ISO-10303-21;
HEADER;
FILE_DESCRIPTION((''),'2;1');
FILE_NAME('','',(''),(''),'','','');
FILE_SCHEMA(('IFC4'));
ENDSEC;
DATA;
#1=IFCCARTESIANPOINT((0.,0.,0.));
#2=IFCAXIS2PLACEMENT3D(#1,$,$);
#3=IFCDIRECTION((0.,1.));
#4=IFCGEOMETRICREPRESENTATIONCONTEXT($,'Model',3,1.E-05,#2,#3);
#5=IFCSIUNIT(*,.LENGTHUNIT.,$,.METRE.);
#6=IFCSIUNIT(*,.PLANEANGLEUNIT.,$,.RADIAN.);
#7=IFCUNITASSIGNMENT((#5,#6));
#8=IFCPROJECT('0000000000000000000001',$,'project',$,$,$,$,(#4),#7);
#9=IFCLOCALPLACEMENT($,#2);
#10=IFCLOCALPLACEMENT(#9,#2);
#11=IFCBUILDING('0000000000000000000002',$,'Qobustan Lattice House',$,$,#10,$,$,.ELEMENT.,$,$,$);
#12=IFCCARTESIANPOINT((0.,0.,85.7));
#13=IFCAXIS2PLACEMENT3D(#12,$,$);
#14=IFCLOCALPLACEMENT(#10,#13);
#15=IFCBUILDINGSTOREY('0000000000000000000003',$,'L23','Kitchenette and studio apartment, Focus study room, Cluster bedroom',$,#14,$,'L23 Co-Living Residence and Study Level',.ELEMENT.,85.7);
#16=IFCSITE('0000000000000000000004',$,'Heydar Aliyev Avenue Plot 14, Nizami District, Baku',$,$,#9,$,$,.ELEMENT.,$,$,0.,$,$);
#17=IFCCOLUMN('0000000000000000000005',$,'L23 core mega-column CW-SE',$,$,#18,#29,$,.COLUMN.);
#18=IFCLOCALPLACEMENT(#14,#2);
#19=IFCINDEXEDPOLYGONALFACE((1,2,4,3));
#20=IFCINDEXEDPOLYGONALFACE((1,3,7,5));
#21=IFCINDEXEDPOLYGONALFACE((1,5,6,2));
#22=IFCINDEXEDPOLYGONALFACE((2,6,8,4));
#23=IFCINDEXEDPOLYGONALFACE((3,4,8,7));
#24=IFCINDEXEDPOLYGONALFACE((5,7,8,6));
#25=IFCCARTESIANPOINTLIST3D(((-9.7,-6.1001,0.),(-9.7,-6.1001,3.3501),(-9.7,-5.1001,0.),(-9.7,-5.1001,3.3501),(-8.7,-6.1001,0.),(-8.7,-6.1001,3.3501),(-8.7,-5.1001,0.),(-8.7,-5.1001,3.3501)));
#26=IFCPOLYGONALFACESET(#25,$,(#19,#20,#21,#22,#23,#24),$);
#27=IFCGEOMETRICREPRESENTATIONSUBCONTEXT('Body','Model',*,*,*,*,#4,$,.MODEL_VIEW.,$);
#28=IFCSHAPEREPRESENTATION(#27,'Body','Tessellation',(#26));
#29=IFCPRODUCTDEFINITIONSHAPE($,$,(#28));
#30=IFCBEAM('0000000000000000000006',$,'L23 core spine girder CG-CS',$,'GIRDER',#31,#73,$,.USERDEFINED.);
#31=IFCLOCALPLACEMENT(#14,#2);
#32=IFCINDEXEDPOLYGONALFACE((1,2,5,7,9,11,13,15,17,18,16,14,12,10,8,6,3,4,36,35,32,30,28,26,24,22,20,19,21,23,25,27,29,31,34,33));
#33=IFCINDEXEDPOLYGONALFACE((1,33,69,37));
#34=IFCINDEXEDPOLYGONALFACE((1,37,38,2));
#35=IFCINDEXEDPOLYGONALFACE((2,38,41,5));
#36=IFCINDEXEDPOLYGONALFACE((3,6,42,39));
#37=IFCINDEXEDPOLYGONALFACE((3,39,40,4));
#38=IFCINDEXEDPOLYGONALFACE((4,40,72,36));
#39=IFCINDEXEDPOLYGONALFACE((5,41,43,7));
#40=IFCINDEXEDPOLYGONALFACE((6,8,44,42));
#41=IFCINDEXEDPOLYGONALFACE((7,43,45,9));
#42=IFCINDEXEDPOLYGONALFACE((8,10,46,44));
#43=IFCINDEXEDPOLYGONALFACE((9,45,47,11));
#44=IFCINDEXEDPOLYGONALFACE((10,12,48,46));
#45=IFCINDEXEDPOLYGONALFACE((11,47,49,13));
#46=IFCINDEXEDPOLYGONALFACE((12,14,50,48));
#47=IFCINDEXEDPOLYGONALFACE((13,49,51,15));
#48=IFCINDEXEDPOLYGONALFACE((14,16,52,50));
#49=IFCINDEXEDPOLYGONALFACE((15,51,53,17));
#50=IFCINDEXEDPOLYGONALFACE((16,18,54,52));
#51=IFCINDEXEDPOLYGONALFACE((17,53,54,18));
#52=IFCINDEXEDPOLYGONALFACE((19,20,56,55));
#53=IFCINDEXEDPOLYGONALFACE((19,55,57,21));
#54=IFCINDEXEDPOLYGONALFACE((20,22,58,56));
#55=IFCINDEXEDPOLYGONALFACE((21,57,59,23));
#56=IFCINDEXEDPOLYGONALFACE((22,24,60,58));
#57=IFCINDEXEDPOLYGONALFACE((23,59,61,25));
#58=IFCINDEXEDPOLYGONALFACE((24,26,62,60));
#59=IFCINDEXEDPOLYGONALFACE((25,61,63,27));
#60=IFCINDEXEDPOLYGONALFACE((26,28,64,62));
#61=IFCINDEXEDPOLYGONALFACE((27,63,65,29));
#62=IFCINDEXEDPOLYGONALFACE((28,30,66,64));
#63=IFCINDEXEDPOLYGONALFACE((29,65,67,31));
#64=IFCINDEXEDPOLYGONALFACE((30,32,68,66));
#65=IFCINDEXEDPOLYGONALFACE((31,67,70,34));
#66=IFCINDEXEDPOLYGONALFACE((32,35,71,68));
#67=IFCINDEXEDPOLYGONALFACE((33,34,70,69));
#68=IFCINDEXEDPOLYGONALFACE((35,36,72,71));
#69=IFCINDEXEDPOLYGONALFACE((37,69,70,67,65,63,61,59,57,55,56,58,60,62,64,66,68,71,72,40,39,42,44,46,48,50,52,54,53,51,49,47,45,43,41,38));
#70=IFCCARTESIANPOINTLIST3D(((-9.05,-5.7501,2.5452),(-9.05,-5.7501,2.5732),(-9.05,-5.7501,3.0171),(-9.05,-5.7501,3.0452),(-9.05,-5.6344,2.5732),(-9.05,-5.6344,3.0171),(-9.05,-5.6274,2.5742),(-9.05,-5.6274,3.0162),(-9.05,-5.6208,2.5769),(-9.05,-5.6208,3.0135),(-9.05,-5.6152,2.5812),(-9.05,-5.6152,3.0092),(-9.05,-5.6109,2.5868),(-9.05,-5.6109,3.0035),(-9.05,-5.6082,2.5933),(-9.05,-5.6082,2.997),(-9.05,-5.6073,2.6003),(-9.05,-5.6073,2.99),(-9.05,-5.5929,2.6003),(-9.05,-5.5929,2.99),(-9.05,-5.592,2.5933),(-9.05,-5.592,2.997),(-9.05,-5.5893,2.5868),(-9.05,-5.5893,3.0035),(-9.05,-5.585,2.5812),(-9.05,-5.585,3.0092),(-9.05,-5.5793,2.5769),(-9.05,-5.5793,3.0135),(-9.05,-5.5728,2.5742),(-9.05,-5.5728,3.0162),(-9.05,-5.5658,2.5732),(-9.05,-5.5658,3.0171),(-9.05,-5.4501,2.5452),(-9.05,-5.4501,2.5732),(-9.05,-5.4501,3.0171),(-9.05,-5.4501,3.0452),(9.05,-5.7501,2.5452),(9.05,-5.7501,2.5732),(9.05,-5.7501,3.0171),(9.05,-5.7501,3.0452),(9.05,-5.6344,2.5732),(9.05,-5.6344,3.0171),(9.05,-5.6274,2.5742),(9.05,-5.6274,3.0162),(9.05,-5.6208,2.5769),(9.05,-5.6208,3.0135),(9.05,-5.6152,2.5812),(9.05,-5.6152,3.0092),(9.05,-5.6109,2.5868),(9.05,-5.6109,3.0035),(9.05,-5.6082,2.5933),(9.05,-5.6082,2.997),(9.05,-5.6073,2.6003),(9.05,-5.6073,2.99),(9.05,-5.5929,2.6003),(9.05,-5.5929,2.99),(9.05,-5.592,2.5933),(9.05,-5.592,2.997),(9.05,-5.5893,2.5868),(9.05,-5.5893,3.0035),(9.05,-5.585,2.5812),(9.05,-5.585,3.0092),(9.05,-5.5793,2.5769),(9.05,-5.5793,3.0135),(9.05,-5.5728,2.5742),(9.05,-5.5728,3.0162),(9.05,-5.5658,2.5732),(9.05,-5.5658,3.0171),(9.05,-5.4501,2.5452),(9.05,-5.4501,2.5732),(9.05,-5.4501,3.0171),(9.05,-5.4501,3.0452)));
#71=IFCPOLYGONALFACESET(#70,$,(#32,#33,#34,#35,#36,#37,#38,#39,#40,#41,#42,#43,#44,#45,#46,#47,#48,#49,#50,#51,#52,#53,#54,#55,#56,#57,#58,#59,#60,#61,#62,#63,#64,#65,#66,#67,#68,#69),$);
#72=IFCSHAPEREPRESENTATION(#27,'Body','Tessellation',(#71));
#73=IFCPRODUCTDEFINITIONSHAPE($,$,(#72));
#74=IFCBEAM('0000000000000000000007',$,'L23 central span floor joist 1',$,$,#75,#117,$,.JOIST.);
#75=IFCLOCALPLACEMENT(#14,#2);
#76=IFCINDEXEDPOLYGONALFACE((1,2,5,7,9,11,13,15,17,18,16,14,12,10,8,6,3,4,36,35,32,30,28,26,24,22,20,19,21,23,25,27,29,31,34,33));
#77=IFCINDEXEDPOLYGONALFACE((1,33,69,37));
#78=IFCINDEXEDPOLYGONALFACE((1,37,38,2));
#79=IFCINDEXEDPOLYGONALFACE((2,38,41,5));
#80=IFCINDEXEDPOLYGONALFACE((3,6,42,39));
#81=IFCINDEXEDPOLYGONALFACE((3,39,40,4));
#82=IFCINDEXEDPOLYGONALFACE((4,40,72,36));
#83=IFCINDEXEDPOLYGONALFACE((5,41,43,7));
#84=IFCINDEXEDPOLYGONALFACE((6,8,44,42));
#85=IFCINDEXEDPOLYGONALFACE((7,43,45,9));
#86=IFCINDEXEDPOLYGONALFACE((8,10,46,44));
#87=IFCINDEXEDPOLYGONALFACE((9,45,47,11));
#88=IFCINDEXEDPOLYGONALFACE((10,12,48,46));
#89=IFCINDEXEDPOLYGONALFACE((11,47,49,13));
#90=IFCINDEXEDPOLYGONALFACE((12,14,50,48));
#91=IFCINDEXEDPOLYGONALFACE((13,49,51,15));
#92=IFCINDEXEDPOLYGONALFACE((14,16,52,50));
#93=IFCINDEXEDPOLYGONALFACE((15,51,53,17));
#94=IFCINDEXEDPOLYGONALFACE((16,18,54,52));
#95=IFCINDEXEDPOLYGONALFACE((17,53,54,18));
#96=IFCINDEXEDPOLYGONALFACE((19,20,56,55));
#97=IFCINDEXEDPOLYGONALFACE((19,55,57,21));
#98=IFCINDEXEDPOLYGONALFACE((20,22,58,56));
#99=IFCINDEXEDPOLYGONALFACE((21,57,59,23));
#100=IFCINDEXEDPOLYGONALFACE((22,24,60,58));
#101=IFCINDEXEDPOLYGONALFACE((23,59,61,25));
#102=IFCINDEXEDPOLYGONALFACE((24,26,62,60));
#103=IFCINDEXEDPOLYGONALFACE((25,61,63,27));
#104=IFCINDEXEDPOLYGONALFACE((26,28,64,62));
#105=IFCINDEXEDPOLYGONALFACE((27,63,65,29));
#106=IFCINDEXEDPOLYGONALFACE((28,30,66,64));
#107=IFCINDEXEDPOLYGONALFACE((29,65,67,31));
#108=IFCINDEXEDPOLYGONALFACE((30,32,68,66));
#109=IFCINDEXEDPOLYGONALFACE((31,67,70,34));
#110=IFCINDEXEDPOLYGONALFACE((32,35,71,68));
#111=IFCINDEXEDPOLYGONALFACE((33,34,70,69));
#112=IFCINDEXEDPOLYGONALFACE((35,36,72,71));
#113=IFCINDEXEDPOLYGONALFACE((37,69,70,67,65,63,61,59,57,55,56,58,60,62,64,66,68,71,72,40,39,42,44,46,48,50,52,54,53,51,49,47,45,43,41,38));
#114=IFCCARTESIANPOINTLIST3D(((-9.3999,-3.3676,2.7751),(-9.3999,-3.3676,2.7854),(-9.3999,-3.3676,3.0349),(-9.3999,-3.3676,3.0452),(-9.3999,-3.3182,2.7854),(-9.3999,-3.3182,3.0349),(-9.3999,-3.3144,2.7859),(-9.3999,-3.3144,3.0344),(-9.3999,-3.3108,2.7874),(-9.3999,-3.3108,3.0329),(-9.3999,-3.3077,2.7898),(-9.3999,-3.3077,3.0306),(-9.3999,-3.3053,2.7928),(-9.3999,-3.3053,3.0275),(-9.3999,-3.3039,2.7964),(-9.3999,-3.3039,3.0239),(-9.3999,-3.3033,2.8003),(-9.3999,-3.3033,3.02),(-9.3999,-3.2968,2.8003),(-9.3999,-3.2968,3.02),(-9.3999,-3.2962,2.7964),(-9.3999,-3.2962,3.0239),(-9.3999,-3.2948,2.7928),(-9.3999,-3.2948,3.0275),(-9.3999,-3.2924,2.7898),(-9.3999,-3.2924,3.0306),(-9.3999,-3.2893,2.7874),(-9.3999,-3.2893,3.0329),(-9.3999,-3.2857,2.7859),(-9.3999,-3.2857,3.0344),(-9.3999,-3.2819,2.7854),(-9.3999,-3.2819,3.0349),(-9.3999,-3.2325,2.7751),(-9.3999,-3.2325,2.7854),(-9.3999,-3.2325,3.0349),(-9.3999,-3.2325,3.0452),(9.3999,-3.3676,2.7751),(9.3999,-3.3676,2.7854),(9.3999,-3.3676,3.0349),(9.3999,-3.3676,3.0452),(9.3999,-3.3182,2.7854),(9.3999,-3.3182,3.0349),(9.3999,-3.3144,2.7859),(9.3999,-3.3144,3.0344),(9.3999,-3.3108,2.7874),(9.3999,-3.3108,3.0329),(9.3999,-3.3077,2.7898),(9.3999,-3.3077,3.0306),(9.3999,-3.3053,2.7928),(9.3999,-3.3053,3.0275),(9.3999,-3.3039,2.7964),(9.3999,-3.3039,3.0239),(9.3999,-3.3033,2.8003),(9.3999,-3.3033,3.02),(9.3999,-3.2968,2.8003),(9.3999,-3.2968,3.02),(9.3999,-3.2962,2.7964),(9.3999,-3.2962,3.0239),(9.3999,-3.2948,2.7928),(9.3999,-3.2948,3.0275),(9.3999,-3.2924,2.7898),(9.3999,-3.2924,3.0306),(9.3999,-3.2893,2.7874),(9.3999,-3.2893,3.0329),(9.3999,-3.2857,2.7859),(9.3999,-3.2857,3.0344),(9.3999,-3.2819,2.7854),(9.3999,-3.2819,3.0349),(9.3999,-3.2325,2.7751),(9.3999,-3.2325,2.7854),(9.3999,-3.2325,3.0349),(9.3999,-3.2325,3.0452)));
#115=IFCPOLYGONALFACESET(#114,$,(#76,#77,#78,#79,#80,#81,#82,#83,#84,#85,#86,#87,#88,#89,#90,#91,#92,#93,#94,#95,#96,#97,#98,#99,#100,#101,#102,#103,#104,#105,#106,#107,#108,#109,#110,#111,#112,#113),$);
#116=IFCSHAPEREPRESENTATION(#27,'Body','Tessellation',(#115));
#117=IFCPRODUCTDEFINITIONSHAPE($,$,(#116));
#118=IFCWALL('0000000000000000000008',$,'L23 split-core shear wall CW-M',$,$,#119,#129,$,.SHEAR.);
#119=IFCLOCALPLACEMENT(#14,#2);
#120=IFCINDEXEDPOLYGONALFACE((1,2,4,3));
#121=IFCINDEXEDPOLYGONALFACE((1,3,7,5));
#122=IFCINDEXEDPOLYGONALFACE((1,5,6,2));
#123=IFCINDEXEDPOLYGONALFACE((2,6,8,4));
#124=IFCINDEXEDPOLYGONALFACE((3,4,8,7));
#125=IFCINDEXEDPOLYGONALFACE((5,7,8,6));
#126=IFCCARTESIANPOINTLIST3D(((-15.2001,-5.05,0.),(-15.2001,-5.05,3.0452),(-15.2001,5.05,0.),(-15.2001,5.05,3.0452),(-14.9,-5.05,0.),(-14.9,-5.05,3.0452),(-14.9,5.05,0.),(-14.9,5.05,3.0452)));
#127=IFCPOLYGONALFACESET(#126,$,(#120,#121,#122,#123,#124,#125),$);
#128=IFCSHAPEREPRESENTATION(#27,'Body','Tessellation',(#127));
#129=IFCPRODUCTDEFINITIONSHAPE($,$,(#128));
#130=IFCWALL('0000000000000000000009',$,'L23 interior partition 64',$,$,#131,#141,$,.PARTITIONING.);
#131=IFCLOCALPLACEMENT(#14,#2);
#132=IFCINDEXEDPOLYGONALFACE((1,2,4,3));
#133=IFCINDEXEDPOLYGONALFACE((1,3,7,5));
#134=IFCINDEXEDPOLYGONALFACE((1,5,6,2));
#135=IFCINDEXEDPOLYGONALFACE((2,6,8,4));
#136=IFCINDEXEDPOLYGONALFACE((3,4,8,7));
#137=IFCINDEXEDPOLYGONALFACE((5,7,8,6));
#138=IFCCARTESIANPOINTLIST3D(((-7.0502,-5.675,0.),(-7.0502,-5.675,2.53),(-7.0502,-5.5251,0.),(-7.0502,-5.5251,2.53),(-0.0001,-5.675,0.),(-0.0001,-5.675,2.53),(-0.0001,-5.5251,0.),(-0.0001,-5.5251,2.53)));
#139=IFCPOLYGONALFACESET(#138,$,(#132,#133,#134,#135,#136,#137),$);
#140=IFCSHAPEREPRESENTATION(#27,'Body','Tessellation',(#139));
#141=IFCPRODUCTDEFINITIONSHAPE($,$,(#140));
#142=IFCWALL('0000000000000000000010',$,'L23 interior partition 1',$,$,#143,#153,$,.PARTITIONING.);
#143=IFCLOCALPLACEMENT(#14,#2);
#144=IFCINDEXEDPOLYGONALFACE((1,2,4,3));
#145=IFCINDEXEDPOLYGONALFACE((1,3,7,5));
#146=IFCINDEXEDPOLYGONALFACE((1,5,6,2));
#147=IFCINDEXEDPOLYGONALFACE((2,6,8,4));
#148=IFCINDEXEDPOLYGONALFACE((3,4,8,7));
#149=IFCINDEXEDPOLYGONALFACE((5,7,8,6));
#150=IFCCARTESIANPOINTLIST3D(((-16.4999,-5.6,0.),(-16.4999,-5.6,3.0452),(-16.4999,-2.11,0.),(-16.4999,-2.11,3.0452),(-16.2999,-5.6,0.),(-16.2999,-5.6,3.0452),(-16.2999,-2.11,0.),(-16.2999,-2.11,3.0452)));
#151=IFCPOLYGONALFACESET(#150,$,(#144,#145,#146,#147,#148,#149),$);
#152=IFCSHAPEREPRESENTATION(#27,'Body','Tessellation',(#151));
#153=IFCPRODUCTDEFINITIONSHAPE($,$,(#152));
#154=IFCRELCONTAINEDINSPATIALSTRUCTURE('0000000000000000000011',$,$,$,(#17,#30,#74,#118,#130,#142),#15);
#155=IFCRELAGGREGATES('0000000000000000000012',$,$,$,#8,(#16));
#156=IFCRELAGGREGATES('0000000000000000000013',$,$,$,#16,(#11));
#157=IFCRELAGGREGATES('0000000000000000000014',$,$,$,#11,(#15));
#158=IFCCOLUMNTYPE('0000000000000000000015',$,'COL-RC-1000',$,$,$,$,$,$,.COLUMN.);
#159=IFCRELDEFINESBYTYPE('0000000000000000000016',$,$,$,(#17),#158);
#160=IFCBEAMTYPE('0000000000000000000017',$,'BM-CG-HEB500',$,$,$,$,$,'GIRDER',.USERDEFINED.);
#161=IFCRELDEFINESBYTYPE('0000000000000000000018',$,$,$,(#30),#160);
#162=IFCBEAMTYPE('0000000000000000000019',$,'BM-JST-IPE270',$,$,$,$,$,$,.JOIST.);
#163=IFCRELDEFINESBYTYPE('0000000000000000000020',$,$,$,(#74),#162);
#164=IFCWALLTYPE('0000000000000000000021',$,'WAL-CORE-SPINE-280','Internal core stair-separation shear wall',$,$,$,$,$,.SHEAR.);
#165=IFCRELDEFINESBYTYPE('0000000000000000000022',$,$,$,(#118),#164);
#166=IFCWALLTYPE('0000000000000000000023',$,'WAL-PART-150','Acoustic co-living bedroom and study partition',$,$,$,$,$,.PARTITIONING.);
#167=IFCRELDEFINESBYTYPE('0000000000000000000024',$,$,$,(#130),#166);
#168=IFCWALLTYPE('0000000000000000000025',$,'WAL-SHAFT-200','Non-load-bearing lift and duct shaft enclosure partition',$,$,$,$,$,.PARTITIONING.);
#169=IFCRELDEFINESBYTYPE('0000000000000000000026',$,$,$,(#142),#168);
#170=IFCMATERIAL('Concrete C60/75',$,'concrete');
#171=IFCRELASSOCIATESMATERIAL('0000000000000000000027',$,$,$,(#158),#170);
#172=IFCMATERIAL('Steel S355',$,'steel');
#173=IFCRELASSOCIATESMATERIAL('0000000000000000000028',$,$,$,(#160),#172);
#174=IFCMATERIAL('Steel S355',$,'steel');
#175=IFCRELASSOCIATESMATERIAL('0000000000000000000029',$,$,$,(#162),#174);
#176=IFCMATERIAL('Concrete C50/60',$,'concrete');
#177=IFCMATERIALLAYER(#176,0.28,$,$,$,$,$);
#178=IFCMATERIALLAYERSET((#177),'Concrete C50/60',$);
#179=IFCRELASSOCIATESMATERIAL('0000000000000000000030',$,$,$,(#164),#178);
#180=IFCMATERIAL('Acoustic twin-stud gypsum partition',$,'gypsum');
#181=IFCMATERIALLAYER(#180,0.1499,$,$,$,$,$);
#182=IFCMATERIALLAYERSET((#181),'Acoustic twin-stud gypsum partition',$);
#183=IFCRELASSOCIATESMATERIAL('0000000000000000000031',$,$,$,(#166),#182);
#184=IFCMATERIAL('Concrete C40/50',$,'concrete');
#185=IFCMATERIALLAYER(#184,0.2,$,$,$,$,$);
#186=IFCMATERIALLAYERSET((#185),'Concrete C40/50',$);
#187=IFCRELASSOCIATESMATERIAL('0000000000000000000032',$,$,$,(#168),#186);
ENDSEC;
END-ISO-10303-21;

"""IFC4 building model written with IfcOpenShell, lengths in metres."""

from ifc_helpers import new_model, si_unit, direction, frame, frame_2d, origin, origin_2d, place, context, subcontext, project, spatial, rectangle, i_section, extrude, material, layer, layer_set, material_profile, profile_set, type_object, element, save


model = new_model("IFC4")

# Units and contexts
model_context = context("Model", 3, precision=1e-05, world=origin(), true_north=direction((0.0, 1.0)))
body_context = subcontext(model_context, "Body", "Model", "MODEL_VIEW")
ifc_project = project(units=[si_unit("LENGTHUNIT", "METRE"), si_unit("PLANEANGLEUNIT", "RADIAN")], contexts=[model_context])

# Site, building, storey
site_placement = place(None, origin())
site = spatial("IfcSite", under=ifc_project, at=site_placement, Name="Heydar Aliyev Avenue Plot 14, Nizami District, Baku", CompositionType="ELEMENT", RefElevation=0.0)
building_placement = place(site_placement, origin())
building = spatial("IfcBuilding", under=site, at=building_placement, Name="Qobustan Lattice House", CompositionType="ELEMENT")
storey_placement = place(building_placement, frame((0.0, 0.0, 85.7)))
storey = spatial("IfcBuildingStorey", under=building, at=storey_placement, Name="L23", Description="Kitchenette and studio apartment, Focus study room, Cluster bedroom", LongName="L23 Co-Living Residence and Study Level", CompositionType="ELEMENT", Elevation=85.7)

# Column
ifc_material_1 = material(Name="Concrete C60/75", Category="concrete")
ifc_material_profile_1 = material_profile(ifc_material_1, rectangle(XDim=1.0, YDim=1.0, at=origin_2d()), Name="RC1000x1000")
ifc_profile_set_1 = profile_set([ifc_material_profile_1], Name="Concrete C60/75")
column_type = type_object("IfcColumnType", Name="COL-RC-1000", PredefinedType="COLUMN", material=ifc_profile_set_1)
column_placement = place(storey_placement, frame((-9.2, -5.6001, 0.0), z_axis=(0.0, 0.0, 1.0), x_axis=(1.0, 0.0, 0.0)))
element("IfcColumn", 1, at=column_placement, inside=storey, type_object=column_type, Name="L23 core mega-column CW-SE", PredefinedType="COLUMN", context=body_context, shape_type="SweptSolid", body=[
    extrude(rectangle(XDim=1.0, YDim=1.0, at=origin_2d()), origin(), (0.0, 0.0, 1.0), 3.3501),
])

# Beams
ifc_material_2 = material(Name="Steel S355", Category="steel")
ifc_material_profile_2 = material_profile(ifc_material_2, i_section(OverallWidth=0.3, OverallDepth=0.5, WebThickness=0.0144, FlangeThickness=0.0281, FilletRadius=0.0271, at=origin_2d()), Name="HEB500")
ifc_profile_set_2 = profile_set([ifc_material_profile_2], Name="Steel S355")
beam_type_1 = type_object("IfcBeamType", Name="BM-CG-HEB500", ElementType="GIRDER", PredefinedType="USERDEFINED", material=ifc_profile_set_2)
beam_1_placement = place(storey_placement, frame((-9.05, -5.6001, 2.7952), z_axis=(1.0, 0.0, 0.0), x_axis=(0.0, 1.0, 0.0)))
element("IfcBeam", 2, at=beam_1_placement, inside=storey, type_object=beam_type_1, Name="L23 core spine girder CG-CS", ObjectType="GIRDER", PredefinedType="USERDEFINED", context=body_context, shape_type="SweptSolid", body=[
    extrude(i_section(OverallWidth=0.3, OverallDepth=0.5, WebThickness=0.0144, FlangeThickness=0.0281, FilletRadius=0.0271, at=origin_2d()), origin(), (0.0, 0.0, 1.0), 18.1001),
])
ifc_material_3 = material(Name="Steel S355", Category="steel")
ifc_material_profile_3 = material_profile(ifc_material_3, i_section(OverallWidth=0.135, OverallDepth=0.27, WebThickness=0.0066, FlangeThickness=0.0103, FilletRadius=0.0149, at=origin_2d()), Name="IPE270")
ifc_profile_set_3 = profile_set([ifc_material_profile_3], Name="Steel S355")
beam_type_2 = type_object("IfcBeamType", Name="BM-JST-IPE270", PredefinedType="JOIST", material=ifc_profile_set_3)
beam_2_placement = place(storey_placement, frame((-9.3999, -3.3, 2.9102), z_axis=(1.0, 0.0, 0.0), x_axis=(0.0, 1.0, 0.0)))
element("IfcBeam", 3, at=beam_2_placement, inside=storey, type_object=beam_type_2, Name="L23 central span floor joist 1", PredefinedType="JOIST", context=body_context, shape_type="SweptSolid", body=[
    extrude(i_section(OverallWidth=0.135, OverallDepth=0.27, WebThickness=0.0066, FlangeThickness=0.0103, FilletRadius=0.0149, at=origin_2d()), origin(), (0.0, 0.0, 1.0), 18.7998),
])

# Walls
ifc_material_4 = material(Name="Concrete C50/60", Category="concrete")
ifc_layer_1 = layer(ifc_material_4, 0.28)
ifc_layer_set_1 = layer_set([ifc_layer_1], Name="Concrete C50/60")
wall_type_1 = type_object("IfcWallType", Name="WAL-CORE-SPINE-280", Description="Internal core stair-separation shear wall", PredefinedType="SHEAR", material=ifc_layer_set_1)
wall_1_placement = place(storey_placement, frame((-15.05, -5.05, 0.0), z_axis=(0.0, 0.0, 1.0), x_axis=(0.0, 1.0, 0.0)))
element("IfcWall", 4, at=wall_1_placement, inside=storey, type_object=wall_type_1, Name="L23 split-core shear wall CW-M", PredefinedType="SHEAR", context=body_context, shape_type="SweptSolid", body=[
    extrude(rectangle(XDim=10.1001, YDim=0.3, at=frame_2d((5.05, 0.0))), origin(), (0.0, 0.0, 1.0), 3.0452),
])
ifc_material_5 = material(Name="Acoustic twin-stud gypsum partition", Category="gypsum")
ifc_layer_2 = layer(ifc_material_5, 0.1499)
ifc_layer_set_2 = layer_set([ifc_layer_2], Name="Acoustic twin-stud gypsum partition")
wall_type_2 = type_object("IfcWallType", Name="WAL-PART-150", Description="Acoustic co-living bedroom and study partition", PredefinedType="PARTITIONING", material=ifc_layer_set_2)
wall_2_placement = place(storey_placement, frame((-7.05, -5.6001, 0.0), z_axis=(0.0, 0.0, 1.0), x_axis=(1.0, 0.0, 0.0)))
element("IfcWall", 5, at=wall_2_placement, inside=storey, type_object=wall_type_2, Name="L23 interior partition 64", PredefinedType="PARTITIONING", context=body_context, shape_type="SweptSolid", body=[
    extrude(rectangle(XDim=7.05, YDim=0.1499, at=frame_2d((3.5249, 0.0))), origin(), (0.0, 0.0, 1.0), 2.53),
])
ifc_material_6 = material(Name="Concrete C40/50", Category="concrete")
ifc_layer_3 = layer(ifc_material_6, 0.2)
ifc_layer_set_3 = layer_set([ifc_layer_3], Name="Concrete C40/50")
wall_type_3 = type_object("IfcWallType", Name="WAL-SHAFT-200", Description="Non-load-bearing lift and duct shaft enclosure partition", PredefinedType="PARTITIONING", material=ifc_layer_set_3)
wall_3_placement = place(storey_placement, frame((-16.3999, -5.6001, 0.0), z_axis=(0.0, 0.0, 1.0), x_axis=(0.0, 1.0, 0.0)))
element("IfcWall", 6, at=wall_3_placement, inside=storey, type_object=wall_type_3, Name="L23 interior partition 1", PredefinedType="PARTITIONING", context=body_context, shape_type="SweptSolid", body=[
    extrude(rectangle(XDim=3.49, YDim=0.2, at=frame_2d((1.7451, 0.0))), origin(), (0.0, 0.0, 1.0), 3.0452),
])

save(model, "model.ifc")
